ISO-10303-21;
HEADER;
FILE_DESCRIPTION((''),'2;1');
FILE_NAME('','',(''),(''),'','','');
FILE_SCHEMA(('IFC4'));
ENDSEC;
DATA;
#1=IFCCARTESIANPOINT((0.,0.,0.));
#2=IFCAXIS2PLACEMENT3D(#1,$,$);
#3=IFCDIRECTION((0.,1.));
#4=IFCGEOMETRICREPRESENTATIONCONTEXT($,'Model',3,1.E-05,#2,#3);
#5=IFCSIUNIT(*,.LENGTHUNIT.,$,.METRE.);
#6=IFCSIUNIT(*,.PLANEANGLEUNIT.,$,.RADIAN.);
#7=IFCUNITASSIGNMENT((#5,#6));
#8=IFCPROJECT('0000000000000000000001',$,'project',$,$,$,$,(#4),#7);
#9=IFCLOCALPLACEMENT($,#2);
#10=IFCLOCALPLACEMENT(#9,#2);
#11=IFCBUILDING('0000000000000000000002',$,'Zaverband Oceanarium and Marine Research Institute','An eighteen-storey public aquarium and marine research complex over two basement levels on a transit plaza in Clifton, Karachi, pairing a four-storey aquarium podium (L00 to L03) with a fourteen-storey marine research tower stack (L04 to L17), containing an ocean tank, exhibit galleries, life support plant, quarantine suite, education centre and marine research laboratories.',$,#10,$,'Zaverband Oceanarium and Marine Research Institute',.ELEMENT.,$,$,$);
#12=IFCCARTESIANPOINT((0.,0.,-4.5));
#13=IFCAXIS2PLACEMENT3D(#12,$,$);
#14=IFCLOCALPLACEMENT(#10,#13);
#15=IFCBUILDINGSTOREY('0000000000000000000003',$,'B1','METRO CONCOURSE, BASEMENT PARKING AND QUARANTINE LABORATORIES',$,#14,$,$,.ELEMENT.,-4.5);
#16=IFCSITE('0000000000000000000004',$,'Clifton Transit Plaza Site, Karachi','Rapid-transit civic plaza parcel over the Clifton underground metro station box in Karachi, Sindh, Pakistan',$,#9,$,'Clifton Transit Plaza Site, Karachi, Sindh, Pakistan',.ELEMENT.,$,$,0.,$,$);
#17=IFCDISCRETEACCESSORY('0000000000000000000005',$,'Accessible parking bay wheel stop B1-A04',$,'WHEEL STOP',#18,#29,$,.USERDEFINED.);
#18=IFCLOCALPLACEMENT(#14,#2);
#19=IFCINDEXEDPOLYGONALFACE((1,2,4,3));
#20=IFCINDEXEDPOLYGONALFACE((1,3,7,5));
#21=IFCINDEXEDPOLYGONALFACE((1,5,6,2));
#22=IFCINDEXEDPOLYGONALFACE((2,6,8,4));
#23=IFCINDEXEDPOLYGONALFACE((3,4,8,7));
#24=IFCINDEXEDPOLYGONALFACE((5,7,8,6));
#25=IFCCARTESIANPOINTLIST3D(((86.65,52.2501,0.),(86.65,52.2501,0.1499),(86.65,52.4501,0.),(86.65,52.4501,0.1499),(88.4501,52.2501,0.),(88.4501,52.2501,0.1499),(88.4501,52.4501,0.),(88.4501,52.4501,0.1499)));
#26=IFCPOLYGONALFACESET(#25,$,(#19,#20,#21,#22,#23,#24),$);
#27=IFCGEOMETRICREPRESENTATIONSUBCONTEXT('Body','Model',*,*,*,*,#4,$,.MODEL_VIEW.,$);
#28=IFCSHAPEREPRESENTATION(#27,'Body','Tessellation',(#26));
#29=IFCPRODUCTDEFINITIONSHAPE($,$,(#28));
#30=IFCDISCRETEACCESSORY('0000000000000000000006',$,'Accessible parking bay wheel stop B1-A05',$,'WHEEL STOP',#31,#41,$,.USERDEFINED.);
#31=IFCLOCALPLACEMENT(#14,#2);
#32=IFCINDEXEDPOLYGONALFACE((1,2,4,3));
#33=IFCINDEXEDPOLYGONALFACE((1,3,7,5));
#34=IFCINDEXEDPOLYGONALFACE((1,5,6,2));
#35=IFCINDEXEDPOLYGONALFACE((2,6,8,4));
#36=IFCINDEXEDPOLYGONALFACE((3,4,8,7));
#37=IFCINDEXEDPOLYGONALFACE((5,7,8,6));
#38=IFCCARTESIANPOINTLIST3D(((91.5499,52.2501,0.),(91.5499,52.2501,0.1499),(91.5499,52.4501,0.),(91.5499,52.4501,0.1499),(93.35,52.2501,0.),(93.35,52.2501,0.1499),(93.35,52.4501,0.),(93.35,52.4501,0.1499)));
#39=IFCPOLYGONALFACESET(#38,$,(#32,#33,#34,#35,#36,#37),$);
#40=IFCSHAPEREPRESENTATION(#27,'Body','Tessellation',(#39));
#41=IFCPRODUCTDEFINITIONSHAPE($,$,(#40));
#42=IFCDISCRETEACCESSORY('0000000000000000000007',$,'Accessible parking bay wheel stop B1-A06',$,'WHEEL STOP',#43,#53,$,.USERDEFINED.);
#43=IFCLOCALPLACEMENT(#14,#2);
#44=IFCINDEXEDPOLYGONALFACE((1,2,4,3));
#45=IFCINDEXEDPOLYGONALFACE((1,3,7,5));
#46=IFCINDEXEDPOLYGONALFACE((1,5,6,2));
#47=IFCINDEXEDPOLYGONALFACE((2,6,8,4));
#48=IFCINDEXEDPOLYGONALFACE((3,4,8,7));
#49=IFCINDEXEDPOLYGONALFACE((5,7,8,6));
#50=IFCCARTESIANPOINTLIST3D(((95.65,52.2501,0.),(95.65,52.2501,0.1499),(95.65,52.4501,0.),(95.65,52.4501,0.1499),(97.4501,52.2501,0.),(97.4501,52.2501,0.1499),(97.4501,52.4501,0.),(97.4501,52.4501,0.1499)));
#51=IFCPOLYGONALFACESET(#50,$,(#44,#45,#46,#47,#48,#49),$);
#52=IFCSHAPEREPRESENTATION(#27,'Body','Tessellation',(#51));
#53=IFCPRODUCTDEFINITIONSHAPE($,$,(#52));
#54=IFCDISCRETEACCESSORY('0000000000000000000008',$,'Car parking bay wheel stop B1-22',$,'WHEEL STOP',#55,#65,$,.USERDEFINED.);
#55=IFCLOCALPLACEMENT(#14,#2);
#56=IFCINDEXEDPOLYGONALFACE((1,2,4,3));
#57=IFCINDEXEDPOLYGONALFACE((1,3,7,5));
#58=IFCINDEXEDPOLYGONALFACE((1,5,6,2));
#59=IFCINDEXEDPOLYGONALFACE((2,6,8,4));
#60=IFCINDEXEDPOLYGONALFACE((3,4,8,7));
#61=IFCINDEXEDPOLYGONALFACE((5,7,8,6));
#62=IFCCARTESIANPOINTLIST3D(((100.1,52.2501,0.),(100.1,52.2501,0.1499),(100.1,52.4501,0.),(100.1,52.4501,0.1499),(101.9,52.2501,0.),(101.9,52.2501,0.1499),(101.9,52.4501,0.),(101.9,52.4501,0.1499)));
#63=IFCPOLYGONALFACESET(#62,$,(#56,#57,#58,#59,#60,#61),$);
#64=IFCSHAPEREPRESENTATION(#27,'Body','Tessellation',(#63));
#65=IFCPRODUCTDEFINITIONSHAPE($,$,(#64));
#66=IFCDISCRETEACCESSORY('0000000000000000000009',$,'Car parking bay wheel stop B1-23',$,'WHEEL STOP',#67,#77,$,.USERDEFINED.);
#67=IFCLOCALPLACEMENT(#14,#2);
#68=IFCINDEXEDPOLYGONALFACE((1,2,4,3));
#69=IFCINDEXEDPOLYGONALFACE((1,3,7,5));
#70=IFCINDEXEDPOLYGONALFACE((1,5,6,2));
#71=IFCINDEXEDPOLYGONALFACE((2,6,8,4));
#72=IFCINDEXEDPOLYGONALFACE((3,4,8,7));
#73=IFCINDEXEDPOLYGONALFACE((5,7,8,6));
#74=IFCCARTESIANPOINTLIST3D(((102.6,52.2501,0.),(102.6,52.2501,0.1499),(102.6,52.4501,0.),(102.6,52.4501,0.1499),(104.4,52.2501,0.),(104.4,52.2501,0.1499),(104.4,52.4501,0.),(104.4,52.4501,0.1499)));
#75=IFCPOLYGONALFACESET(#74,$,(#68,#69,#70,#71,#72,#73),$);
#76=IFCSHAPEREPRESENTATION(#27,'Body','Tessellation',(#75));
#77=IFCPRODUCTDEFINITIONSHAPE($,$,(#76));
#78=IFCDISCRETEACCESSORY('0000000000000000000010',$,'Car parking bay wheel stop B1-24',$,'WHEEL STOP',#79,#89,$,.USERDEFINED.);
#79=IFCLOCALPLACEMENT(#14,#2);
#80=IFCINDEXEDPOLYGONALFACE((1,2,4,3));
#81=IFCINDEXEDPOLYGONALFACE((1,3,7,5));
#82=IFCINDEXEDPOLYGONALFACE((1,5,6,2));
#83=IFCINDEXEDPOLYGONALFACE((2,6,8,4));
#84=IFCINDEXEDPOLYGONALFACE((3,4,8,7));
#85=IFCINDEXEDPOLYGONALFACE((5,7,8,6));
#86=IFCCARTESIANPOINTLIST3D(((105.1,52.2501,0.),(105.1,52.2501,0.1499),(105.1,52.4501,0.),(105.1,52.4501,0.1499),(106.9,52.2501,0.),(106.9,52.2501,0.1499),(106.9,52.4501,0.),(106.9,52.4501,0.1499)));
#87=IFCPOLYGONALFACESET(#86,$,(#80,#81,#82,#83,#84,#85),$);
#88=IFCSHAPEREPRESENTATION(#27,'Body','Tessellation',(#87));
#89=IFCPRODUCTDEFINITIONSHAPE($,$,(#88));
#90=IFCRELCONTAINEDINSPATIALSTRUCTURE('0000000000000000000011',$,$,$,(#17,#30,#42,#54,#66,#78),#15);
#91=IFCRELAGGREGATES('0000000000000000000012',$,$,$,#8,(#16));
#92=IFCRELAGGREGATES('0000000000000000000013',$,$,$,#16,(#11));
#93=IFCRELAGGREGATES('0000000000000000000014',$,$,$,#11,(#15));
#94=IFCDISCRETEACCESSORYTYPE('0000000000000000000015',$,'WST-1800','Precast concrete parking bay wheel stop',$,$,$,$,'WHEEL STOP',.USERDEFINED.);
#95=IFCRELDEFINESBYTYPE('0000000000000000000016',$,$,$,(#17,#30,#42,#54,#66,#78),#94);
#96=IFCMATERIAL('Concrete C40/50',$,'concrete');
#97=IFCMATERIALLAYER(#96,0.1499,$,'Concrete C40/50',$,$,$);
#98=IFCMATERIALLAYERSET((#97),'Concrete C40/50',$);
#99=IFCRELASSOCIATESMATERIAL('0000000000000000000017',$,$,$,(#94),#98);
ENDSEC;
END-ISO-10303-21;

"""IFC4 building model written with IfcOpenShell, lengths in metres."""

from ifc_helpers import new_model, si_unit, direction, frame, origin, origin_2d, place, context, subcontext, project, spatial, rectangle, extrude, material, layer, layer_set, type_object, element, save


model = new_model("IFC4")

# Units and contexts
model_context = context("Model", 3, precision=1e-05, world=origin(), true_north=direction((0.0, 1.0)))
body_context = subcontext(model_context, "Body", "Model", "MODEL_VIEW")
ifc_project = project(units=[si_unit("LENGTHUNIT", "METRE"), si_unit("PLANEANGLEUNIT", "RADIAN")], contexts=[model_context])

# Site, building, storey
site_placement = place(None, origin())
site = spatial("IfcSite", under=ifc_project, at=site_placement, Name="Clifton Transit Plaza Site, Karachi", Description="Rapid-transit civic plaza parcel over the Clifton underground metro station box in Karachi, Sindh, Pakistan", LongName="Clifton Transit Plaza Site, Karachi, Sindh, Pakistan", CompositionType="ELEMENT", RefElevation=0.0)
building_placement = place(site_placement, origin())
building = spatial("IfcBuilding", under=site, at=building_placement, Name="Zaverband Oceanarium and Marine Research Institute", Description="An eighteen-storey public aquarium and marine research complex over two basement levels on a transit plaza in Clifton, Karachi, pairing a four-storey aquarium podium (L00 to L03) with a fourteen-storey marine research tower stack (L04 to L17), containing an ocean tank, exhibit galleries, life support plant, quarantine suite, education centre and marine research laboratories.", LongName="Zaverband Oceanarium and Marine Research Institute", CompositionType="ELEMENT")
storey_placement = place(building_placement, frame((0.0, 0.0, -4.5)))
storey = spatial("IfcBuildingStorey", under=building, at=storey_placement, Name="B1", Description="METRO CONCOURSE, BASEMENT PARKING AND QUARANTINE LABORATORIES", CompositionType="ELEMENT", Elevation=-4.5)

# Shared definitions
ifc_material_1 = material(Name="Concrete C40/50", Category="concrete")

# Discrete accessories
ifc_layer = layer(ifc_material_1, 0.1499, Name="Concrete C40/50")
ifc_layer_set = layer_set([ifc_layer], Name="Concrete C40/50")
discrete_accessory_type = type_object("IfcDiscreteAccessoryType", Name="WST-1800", Description="Precast concrete parking bay wheel stop", ElementType="WHEEL STOP", PredefinedType="USERDEFINED", material=ifc_layer_set)
for number, where, z_axis, x_axis, name in (
    (1, (87.55, 52.3501, 0.0), (0.0, 0.0, 1.0), (1.0, 0.0, 0.0), "Accessible parking bay wheel stop B1-A04"),
    (2, (92.45, 52.3501, 0.0), (0.0, 0.0, 1.0), (1.0, 0.0, 0.0), "Accessible parking bay wheel stop B1-A05"),
    (3, (96.55, 52.3501, 0.0), (0.0, 0.0, 1.0), (1.0, 0.0, 0.0), "Accessible parking bay wheel stop B1-A06"),
    (4, (101.0, 52.3501, 0.0), (0.0, 0.0, 1.0), (1.0, 0.0, 0.0), "Car parking bay wheel stop B1-22"),
    (5, (103.5, 52.3501, 0.0), (0.0, 0.0, 1.0), (1.0, 0.0, 0.0), "Car parking bay wheel stop B1-23"),
    (6, (106.0, 52.3501, 0.0), (0.0, 0.0, 1.0), (1.0, 0.0, 0.0), "Car parking bay wheel stop B1-24"),
):
    element("IfcDiscreteAccessory", number, at=place(storey_placement, frame(where, z_axis=z_axis, x_axis=x_axis)), inside=storey, type_object=discrete_accessory_type, Name=name, ObjectType="WHEEL STOP", PredefinedType="USERDEFINED", context=body_context, shape_type="SweptSolid", body=[
        extrude(rectangle(XDim=1.8, YDim=0.2, at=origin_2d()), origin(), (0.0, 0.0, 1.0), 0.1499),
    ])

save(model, "model.ifc")
